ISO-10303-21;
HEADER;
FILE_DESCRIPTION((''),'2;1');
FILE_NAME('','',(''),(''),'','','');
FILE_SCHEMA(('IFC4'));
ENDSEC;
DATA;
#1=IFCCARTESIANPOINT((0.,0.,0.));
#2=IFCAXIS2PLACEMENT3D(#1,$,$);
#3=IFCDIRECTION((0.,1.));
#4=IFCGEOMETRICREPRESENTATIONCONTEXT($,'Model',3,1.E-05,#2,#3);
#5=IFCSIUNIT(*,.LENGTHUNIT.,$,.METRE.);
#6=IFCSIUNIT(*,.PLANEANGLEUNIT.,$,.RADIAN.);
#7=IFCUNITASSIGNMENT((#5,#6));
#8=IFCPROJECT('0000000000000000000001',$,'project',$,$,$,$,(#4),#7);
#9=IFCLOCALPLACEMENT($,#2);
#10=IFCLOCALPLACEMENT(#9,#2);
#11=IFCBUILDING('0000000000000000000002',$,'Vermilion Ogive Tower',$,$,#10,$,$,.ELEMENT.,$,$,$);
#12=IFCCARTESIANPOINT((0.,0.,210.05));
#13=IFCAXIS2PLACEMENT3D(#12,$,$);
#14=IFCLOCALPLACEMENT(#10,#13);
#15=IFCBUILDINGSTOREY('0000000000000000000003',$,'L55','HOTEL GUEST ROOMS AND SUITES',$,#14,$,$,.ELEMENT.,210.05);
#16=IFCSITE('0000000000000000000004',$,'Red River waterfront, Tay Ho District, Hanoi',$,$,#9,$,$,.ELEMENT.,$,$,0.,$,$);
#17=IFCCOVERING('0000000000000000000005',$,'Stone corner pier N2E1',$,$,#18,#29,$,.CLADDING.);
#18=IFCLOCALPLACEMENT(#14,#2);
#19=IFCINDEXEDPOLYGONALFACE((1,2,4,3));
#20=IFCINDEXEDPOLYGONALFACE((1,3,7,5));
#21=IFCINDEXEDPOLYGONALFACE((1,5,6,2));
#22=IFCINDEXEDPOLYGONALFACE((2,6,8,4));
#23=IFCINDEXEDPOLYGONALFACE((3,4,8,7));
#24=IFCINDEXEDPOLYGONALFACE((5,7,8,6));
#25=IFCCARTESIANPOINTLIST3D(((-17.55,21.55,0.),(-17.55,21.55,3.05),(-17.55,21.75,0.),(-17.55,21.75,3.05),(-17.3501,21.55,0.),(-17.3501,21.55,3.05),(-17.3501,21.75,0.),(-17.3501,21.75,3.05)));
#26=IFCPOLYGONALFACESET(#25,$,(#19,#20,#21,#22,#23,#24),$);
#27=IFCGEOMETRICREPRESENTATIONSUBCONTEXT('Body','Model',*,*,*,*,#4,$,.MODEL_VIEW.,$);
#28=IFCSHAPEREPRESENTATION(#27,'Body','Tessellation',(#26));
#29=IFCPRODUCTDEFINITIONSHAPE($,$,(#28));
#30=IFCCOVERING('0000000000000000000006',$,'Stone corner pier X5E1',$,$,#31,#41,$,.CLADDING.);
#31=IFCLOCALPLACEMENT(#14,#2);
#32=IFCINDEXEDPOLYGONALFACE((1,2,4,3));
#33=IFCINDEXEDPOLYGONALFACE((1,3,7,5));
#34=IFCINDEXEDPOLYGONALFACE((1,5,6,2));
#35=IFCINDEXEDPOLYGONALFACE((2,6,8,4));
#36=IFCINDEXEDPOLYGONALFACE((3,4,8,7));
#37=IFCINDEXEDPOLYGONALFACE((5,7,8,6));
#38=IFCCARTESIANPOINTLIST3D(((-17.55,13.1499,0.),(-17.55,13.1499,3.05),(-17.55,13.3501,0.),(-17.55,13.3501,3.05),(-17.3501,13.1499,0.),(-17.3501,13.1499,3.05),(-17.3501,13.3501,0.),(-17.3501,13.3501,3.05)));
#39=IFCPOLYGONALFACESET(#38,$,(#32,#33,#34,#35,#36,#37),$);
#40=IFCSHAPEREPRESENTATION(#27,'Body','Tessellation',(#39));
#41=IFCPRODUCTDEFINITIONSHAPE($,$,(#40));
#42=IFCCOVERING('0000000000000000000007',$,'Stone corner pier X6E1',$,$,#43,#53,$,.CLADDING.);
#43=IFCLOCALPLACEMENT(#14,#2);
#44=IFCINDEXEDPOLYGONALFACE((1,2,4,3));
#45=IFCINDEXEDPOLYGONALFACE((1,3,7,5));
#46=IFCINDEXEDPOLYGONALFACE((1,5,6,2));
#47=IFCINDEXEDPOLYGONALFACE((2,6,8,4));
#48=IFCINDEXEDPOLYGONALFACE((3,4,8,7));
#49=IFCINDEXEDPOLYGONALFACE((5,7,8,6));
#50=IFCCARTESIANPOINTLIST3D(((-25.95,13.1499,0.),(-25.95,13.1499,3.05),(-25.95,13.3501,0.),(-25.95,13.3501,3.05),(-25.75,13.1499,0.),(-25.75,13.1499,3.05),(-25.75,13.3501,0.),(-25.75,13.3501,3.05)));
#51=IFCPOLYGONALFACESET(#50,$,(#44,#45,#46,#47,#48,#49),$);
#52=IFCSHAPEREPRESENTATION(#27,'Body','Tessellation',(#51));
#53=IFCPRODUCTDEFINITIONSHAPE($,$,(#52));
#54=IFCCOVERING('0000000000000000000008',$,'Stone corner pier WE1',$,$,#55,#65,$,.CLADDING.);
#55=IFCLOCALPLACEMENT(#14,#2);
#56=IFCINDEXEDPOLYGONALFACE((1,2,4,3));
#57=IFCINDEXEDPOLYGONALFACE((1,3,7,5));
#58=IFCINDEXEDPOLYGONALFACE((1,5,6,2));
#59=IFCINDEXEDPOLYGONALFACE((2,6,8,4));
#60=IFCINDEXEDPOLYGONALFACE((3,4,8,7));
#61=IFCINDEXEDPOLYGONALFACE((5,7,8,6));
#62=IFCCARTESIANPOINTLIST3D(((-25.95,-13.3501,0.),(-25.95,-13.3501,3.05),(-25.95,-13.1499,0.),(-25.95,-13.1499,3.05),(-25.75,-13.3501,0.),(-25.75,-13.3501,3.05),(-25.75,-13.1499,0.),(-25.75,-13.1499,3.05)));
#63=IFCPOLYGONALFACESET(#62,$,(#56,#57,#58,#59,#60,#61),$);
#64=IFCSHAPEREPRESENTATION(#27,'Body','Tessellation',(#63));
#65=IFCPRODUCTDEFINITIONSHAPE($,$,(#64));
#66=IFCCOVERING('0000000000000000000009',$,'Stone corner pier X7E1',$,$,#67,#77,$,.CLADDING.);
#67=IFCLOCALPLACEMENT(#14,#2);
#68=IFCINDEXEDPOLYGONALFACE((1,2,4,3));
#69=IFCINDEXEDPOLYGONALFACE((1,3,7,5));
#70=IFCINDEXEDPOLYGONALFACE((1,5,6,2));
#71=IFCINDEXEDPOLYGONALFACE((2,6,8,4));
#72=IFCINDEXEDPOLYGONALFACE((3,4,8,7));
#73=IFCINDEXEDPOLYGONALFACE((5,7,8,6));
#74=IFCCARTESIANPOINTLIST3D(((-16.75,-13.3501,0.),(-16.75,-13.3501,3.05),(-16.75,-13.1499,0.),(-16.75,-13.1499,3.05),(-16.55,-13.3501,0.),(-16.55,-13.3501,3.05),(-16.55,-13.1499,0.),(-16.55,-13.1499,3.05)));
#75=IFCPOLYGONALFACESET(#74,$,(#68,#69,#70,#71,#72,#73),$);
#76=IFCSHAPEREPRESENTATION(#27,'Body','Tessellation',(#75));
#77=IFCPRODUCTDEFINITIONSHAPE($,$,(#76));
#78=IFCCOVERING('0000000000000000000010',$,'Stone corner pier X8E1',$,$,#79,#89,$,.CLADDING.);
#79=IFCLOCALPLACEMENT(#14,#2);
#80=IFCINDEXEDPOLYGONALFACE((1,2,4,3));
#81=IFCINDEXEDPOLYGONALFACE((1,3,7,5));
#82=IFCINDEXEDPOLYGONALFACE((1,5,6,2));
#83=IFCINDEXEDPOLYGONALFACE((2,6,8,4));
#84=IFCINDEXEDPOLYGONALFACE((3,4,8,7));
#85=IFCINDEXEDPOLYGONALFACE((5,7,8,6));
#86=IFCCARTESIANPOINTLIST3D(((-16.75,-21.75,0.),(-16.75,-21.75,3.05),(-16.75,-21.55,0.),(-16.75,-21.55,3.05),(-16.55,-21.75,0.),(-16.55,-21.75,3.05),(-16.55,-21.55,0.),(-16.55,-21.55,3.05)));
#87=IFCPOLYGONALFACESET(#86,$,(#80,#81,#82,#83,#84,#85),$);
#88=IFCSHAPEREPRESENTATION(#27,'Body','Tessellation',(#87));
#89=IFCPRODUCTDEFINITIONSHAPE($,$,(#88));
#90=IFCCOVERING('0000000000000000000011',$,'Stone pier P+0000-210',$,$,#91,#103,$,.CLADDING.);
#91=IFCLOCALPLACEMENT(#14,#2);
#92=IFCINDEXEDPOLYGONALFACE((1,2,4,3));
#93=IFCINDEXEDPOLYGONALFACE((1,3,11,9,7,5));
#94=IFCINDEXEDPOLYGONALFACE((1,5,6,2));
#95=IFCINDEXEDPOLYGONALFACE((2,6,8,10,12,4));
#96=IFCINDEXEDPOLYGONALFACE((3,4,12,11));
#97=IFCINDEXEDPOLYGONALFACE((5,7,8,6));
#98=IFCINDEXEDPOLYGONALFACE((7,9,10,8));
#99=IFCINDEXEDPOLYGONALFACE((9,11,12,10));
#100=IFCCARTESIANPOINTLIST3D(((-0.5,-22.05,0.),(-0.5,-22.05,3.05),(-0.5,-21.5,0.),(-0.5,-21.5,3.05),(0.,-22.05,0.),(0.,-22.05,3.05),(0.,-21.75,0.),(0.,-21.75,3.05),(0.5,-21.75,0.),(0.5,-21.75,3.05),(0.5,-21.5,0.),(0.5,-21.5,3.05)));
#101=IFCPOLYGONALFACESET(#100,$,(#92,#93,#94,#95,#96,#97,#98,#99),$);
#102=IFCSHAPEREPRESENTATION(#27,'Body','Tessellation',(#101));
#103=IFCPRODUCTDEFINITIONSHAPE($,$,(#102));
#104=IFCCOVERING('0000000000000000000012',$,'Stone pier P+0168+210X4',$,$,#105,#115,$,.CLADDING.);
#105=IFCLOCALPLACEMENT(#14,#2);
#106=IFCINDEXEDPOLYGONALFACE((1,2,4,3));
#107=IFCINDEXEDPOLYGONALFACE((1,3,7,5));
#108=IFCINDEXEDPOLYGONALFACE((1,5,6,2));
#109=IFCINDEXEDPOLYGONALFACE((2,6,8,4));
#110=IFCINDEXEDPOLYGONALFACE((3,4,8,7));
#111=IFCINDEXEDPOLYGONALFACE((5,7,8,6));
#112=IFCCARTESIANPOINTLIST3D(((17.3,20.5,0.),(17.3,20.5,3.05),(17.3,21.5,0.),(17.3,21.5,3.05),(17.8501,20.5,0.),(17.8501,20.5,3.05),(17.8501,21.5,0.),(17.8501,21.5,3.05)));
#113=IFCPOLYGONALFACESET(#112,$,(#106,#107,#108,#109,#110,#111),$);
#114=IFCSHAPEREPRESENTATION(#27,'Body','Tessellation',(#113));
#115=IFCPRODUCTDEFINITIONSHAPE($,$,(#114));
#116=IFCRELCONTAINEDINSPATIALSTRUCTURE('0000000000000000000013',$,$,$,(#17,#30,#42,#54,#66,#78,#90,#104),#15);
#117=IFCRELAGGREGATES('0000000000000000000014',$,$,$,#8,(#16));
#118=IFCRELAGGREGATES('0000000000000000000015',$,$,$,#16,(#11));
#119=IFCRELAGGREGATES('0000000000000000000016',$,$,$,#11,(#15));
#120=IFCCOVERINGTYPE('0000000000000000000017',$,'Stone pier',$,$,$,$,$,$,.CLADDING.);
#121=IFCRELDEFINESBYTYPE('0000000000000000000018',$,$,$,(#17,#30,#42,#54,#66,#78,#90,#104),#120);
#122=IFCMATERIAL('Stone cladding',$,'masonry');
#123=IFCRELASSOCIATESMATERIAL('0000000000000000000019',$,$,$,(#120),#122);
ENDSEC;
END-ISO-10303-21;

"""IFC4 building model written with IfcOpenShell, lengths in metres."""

from ifc_helpers import new_model, si_unit, direction, frame, origin, place, context, subcontext, project, spatial, polyline, outline, extrude, material, type_object, element, save


model = new_model("IFC4")

# Units and contexts
model_context = context("Model", 3, precision=1e-05, world=origin(), true_north=direction((0.0, 1.0)))
body_context = subcontext(model_context, "Body", "Model", "MODEL_VIEW")
ifc_project = project(units=[si_unit("LENGTHUNIT", "METRE"), si_unit("PLANEANGLEUNIT", "RADIAN")], contexts=[model_context])

# Site, building, storey
site_placement = place(None, origin())
site = spatial("IfcSite", under=ifc_project, at=site_placement, Name="Red River waterfront, Tay Ho District, Hanoi", CompositionType="ELEMENT", RefElevation=0.0)
building_placement = place(site_placement, origin())
building = spatial("IfcBuilding", under=site, at=building_placement, Name="Vermilion Ogive Tower", CompositionType="ELEMENT")
storey_placement = place(building_placement, frame((0.0, 0.0, 210.05)))
storey = spatial("IfcBuildingStorey", under=building, at=storey_placement, Name="L55", Description="HOTEL GUEST ROOMS AND SUITES", CompositionType="ELEMENT", Elevation=210.05)

# Coverings
ifc_material_1 = material(Name="Stone cladding", Category="masonry")
covering_type_1 = type_object("IfcCoveringType", Name="Stone pier", PredefinedType="CLADDING", material=ifc_material_1)
covering_1_placement = place(storey_placement, origin())
element("IfcCovering", 1, at=covering_1_placement, inside=storey, type_object=covering_type_1, Name="Stone corner pier N2E1", PredefinedType="CLADDING", context=body_context, shape_type="SweptSolid", body=[
    extrude(outline(polyline([(-17.3501, 21.55), (-17.55, 21.55), (-17.55, 21.75), (-17.3501, 21.75), (-17.3501, 21.55)])), origin(), (0.0, 0.0, 1.0), 3.05),
])
covering_2_placement = place(storey_placement, origin())
element("IfcCovering", 2, at=covering_2_placement, inside=storey, type_object=covering_type_1, Name="Stone corner pier X5E1", PredefinedType="CLADDING", context=body_context, shape_type="SweptSolid", body=[
    extrude(outline(polyline([(-17.3501, 13.1499), (-17.55, 13.1499), (-17.55, 13.3501), (-17.3501, 13.3501), (-17.3501, 13.1499)])), origin(), (0.0, 0.0, 1.0), 3.05),
])
covering_3_placement = place(storey_placement, origin())
element("IfcCovering", 3, at=covering_3_placement, inside=storey, type_object=covering_type_1, Name="Stone corner pier X6E1", PredefinedType="CLADDING", context=body_context, shape_type="SweptSolid", body=[
    extrude(outline(polyline([(-25.75, 13.1499), (-25.95, 13.1499), (-25.95, 13.3501), (-25.75, 13.3501), (-25.75, 13.1499)])), origin(), (0.0, 0.0, 1.0), 3.05),
])
covering_4_placement = place(storey_placement, origin())
element("IfcCovering", 4, at=covering_4_placement, inside=storey, type_object=covering_type_1, Name="Stone corner pier WE1", PredefinedType="CLADDING", context=body_context, shape_type="SweptSolid", body=[
    extrude(outline(polyline([(-25.75, -13.1499), (-25.75, -13.3501), (-25.95, -13.3501), (-25.95, -13.1499), (-25.75, -13.1499)])), origin(), (0.0, 0.0, 1.0), 3.05),
])
covering_5_placement = place(storey_placement, origin())
element("IfcCovering", 5, at=covering_5_placement, inside=storey, type_object=covering_type_1, Name="Stone corner pier X7E1", PredefinedType="CLADDING", context=body_context, shape_type="SweptSolid", body=[
    extrude(outline(polyline([(-16.55, -13.1499), (-16.55, -13.3501), (-16.75, -13.3501), (-16.75, -13.1499), (-16.55, -13.1499)])), origin(), (0.0, 0.0, 1.0), 3.05),
])
covering_6_placement = place(storey_placement, origin())
element("IfcCovering", 6, at=covering_6_placement, inside=storey, type_object=covering_type_1, Name="Stone corner pier X8E1", PredefinedType="CLADDING", context=body_context, shape_type="SweptSolid", body=[
    extrude(outline(polyline([(-16.55, -21.55), (-16.55, -21.75), (-16.75, -21.75), (-16.75, -21.55), (-16.55, -21.55)])), origin(), (0.0, 0.0, 1.0), 3.05),
])
covering_7_placement = place(storey_placement, origin())
element("IfcCovering", 7, at=covering_7_placement, inside=storey, type_object=covering_type_1, Name="Stone pier P+0000-210", PredefinedType="CLADDING", context=body_context, shape_type="SweptSolid", body=[
    extrude(outline(polyline([(0.5, -21.75), (0.0, -21.75), (0.0, -22.05), (-0.5, -22.05), (-0.5, -21.5), (0.5, -21.5), (0.5, -21.75)])), origin(), (0.0, 0.0, 1.0), 3.05),
])
covering_8_placement = place(storey_placement, origin())
element("IfcCovering", 8, at=covering_8_placement, inside=storey, type_object=covering_type_1, Name="Stone pier P+0168+210X4", PredefinedType="CLADDING", context=body_context, shape_type="SweptSolid", body=[
    extrude(outline(polyline([(17.8501, 21.5), (17.8501, 20.5), (17.3, 20.5), (17.3, 21.5), (17.8501, 21.5)])), origin(), (0.0, 0.0, 1.0), 3.05),
])

save(model, "model.ifc")
